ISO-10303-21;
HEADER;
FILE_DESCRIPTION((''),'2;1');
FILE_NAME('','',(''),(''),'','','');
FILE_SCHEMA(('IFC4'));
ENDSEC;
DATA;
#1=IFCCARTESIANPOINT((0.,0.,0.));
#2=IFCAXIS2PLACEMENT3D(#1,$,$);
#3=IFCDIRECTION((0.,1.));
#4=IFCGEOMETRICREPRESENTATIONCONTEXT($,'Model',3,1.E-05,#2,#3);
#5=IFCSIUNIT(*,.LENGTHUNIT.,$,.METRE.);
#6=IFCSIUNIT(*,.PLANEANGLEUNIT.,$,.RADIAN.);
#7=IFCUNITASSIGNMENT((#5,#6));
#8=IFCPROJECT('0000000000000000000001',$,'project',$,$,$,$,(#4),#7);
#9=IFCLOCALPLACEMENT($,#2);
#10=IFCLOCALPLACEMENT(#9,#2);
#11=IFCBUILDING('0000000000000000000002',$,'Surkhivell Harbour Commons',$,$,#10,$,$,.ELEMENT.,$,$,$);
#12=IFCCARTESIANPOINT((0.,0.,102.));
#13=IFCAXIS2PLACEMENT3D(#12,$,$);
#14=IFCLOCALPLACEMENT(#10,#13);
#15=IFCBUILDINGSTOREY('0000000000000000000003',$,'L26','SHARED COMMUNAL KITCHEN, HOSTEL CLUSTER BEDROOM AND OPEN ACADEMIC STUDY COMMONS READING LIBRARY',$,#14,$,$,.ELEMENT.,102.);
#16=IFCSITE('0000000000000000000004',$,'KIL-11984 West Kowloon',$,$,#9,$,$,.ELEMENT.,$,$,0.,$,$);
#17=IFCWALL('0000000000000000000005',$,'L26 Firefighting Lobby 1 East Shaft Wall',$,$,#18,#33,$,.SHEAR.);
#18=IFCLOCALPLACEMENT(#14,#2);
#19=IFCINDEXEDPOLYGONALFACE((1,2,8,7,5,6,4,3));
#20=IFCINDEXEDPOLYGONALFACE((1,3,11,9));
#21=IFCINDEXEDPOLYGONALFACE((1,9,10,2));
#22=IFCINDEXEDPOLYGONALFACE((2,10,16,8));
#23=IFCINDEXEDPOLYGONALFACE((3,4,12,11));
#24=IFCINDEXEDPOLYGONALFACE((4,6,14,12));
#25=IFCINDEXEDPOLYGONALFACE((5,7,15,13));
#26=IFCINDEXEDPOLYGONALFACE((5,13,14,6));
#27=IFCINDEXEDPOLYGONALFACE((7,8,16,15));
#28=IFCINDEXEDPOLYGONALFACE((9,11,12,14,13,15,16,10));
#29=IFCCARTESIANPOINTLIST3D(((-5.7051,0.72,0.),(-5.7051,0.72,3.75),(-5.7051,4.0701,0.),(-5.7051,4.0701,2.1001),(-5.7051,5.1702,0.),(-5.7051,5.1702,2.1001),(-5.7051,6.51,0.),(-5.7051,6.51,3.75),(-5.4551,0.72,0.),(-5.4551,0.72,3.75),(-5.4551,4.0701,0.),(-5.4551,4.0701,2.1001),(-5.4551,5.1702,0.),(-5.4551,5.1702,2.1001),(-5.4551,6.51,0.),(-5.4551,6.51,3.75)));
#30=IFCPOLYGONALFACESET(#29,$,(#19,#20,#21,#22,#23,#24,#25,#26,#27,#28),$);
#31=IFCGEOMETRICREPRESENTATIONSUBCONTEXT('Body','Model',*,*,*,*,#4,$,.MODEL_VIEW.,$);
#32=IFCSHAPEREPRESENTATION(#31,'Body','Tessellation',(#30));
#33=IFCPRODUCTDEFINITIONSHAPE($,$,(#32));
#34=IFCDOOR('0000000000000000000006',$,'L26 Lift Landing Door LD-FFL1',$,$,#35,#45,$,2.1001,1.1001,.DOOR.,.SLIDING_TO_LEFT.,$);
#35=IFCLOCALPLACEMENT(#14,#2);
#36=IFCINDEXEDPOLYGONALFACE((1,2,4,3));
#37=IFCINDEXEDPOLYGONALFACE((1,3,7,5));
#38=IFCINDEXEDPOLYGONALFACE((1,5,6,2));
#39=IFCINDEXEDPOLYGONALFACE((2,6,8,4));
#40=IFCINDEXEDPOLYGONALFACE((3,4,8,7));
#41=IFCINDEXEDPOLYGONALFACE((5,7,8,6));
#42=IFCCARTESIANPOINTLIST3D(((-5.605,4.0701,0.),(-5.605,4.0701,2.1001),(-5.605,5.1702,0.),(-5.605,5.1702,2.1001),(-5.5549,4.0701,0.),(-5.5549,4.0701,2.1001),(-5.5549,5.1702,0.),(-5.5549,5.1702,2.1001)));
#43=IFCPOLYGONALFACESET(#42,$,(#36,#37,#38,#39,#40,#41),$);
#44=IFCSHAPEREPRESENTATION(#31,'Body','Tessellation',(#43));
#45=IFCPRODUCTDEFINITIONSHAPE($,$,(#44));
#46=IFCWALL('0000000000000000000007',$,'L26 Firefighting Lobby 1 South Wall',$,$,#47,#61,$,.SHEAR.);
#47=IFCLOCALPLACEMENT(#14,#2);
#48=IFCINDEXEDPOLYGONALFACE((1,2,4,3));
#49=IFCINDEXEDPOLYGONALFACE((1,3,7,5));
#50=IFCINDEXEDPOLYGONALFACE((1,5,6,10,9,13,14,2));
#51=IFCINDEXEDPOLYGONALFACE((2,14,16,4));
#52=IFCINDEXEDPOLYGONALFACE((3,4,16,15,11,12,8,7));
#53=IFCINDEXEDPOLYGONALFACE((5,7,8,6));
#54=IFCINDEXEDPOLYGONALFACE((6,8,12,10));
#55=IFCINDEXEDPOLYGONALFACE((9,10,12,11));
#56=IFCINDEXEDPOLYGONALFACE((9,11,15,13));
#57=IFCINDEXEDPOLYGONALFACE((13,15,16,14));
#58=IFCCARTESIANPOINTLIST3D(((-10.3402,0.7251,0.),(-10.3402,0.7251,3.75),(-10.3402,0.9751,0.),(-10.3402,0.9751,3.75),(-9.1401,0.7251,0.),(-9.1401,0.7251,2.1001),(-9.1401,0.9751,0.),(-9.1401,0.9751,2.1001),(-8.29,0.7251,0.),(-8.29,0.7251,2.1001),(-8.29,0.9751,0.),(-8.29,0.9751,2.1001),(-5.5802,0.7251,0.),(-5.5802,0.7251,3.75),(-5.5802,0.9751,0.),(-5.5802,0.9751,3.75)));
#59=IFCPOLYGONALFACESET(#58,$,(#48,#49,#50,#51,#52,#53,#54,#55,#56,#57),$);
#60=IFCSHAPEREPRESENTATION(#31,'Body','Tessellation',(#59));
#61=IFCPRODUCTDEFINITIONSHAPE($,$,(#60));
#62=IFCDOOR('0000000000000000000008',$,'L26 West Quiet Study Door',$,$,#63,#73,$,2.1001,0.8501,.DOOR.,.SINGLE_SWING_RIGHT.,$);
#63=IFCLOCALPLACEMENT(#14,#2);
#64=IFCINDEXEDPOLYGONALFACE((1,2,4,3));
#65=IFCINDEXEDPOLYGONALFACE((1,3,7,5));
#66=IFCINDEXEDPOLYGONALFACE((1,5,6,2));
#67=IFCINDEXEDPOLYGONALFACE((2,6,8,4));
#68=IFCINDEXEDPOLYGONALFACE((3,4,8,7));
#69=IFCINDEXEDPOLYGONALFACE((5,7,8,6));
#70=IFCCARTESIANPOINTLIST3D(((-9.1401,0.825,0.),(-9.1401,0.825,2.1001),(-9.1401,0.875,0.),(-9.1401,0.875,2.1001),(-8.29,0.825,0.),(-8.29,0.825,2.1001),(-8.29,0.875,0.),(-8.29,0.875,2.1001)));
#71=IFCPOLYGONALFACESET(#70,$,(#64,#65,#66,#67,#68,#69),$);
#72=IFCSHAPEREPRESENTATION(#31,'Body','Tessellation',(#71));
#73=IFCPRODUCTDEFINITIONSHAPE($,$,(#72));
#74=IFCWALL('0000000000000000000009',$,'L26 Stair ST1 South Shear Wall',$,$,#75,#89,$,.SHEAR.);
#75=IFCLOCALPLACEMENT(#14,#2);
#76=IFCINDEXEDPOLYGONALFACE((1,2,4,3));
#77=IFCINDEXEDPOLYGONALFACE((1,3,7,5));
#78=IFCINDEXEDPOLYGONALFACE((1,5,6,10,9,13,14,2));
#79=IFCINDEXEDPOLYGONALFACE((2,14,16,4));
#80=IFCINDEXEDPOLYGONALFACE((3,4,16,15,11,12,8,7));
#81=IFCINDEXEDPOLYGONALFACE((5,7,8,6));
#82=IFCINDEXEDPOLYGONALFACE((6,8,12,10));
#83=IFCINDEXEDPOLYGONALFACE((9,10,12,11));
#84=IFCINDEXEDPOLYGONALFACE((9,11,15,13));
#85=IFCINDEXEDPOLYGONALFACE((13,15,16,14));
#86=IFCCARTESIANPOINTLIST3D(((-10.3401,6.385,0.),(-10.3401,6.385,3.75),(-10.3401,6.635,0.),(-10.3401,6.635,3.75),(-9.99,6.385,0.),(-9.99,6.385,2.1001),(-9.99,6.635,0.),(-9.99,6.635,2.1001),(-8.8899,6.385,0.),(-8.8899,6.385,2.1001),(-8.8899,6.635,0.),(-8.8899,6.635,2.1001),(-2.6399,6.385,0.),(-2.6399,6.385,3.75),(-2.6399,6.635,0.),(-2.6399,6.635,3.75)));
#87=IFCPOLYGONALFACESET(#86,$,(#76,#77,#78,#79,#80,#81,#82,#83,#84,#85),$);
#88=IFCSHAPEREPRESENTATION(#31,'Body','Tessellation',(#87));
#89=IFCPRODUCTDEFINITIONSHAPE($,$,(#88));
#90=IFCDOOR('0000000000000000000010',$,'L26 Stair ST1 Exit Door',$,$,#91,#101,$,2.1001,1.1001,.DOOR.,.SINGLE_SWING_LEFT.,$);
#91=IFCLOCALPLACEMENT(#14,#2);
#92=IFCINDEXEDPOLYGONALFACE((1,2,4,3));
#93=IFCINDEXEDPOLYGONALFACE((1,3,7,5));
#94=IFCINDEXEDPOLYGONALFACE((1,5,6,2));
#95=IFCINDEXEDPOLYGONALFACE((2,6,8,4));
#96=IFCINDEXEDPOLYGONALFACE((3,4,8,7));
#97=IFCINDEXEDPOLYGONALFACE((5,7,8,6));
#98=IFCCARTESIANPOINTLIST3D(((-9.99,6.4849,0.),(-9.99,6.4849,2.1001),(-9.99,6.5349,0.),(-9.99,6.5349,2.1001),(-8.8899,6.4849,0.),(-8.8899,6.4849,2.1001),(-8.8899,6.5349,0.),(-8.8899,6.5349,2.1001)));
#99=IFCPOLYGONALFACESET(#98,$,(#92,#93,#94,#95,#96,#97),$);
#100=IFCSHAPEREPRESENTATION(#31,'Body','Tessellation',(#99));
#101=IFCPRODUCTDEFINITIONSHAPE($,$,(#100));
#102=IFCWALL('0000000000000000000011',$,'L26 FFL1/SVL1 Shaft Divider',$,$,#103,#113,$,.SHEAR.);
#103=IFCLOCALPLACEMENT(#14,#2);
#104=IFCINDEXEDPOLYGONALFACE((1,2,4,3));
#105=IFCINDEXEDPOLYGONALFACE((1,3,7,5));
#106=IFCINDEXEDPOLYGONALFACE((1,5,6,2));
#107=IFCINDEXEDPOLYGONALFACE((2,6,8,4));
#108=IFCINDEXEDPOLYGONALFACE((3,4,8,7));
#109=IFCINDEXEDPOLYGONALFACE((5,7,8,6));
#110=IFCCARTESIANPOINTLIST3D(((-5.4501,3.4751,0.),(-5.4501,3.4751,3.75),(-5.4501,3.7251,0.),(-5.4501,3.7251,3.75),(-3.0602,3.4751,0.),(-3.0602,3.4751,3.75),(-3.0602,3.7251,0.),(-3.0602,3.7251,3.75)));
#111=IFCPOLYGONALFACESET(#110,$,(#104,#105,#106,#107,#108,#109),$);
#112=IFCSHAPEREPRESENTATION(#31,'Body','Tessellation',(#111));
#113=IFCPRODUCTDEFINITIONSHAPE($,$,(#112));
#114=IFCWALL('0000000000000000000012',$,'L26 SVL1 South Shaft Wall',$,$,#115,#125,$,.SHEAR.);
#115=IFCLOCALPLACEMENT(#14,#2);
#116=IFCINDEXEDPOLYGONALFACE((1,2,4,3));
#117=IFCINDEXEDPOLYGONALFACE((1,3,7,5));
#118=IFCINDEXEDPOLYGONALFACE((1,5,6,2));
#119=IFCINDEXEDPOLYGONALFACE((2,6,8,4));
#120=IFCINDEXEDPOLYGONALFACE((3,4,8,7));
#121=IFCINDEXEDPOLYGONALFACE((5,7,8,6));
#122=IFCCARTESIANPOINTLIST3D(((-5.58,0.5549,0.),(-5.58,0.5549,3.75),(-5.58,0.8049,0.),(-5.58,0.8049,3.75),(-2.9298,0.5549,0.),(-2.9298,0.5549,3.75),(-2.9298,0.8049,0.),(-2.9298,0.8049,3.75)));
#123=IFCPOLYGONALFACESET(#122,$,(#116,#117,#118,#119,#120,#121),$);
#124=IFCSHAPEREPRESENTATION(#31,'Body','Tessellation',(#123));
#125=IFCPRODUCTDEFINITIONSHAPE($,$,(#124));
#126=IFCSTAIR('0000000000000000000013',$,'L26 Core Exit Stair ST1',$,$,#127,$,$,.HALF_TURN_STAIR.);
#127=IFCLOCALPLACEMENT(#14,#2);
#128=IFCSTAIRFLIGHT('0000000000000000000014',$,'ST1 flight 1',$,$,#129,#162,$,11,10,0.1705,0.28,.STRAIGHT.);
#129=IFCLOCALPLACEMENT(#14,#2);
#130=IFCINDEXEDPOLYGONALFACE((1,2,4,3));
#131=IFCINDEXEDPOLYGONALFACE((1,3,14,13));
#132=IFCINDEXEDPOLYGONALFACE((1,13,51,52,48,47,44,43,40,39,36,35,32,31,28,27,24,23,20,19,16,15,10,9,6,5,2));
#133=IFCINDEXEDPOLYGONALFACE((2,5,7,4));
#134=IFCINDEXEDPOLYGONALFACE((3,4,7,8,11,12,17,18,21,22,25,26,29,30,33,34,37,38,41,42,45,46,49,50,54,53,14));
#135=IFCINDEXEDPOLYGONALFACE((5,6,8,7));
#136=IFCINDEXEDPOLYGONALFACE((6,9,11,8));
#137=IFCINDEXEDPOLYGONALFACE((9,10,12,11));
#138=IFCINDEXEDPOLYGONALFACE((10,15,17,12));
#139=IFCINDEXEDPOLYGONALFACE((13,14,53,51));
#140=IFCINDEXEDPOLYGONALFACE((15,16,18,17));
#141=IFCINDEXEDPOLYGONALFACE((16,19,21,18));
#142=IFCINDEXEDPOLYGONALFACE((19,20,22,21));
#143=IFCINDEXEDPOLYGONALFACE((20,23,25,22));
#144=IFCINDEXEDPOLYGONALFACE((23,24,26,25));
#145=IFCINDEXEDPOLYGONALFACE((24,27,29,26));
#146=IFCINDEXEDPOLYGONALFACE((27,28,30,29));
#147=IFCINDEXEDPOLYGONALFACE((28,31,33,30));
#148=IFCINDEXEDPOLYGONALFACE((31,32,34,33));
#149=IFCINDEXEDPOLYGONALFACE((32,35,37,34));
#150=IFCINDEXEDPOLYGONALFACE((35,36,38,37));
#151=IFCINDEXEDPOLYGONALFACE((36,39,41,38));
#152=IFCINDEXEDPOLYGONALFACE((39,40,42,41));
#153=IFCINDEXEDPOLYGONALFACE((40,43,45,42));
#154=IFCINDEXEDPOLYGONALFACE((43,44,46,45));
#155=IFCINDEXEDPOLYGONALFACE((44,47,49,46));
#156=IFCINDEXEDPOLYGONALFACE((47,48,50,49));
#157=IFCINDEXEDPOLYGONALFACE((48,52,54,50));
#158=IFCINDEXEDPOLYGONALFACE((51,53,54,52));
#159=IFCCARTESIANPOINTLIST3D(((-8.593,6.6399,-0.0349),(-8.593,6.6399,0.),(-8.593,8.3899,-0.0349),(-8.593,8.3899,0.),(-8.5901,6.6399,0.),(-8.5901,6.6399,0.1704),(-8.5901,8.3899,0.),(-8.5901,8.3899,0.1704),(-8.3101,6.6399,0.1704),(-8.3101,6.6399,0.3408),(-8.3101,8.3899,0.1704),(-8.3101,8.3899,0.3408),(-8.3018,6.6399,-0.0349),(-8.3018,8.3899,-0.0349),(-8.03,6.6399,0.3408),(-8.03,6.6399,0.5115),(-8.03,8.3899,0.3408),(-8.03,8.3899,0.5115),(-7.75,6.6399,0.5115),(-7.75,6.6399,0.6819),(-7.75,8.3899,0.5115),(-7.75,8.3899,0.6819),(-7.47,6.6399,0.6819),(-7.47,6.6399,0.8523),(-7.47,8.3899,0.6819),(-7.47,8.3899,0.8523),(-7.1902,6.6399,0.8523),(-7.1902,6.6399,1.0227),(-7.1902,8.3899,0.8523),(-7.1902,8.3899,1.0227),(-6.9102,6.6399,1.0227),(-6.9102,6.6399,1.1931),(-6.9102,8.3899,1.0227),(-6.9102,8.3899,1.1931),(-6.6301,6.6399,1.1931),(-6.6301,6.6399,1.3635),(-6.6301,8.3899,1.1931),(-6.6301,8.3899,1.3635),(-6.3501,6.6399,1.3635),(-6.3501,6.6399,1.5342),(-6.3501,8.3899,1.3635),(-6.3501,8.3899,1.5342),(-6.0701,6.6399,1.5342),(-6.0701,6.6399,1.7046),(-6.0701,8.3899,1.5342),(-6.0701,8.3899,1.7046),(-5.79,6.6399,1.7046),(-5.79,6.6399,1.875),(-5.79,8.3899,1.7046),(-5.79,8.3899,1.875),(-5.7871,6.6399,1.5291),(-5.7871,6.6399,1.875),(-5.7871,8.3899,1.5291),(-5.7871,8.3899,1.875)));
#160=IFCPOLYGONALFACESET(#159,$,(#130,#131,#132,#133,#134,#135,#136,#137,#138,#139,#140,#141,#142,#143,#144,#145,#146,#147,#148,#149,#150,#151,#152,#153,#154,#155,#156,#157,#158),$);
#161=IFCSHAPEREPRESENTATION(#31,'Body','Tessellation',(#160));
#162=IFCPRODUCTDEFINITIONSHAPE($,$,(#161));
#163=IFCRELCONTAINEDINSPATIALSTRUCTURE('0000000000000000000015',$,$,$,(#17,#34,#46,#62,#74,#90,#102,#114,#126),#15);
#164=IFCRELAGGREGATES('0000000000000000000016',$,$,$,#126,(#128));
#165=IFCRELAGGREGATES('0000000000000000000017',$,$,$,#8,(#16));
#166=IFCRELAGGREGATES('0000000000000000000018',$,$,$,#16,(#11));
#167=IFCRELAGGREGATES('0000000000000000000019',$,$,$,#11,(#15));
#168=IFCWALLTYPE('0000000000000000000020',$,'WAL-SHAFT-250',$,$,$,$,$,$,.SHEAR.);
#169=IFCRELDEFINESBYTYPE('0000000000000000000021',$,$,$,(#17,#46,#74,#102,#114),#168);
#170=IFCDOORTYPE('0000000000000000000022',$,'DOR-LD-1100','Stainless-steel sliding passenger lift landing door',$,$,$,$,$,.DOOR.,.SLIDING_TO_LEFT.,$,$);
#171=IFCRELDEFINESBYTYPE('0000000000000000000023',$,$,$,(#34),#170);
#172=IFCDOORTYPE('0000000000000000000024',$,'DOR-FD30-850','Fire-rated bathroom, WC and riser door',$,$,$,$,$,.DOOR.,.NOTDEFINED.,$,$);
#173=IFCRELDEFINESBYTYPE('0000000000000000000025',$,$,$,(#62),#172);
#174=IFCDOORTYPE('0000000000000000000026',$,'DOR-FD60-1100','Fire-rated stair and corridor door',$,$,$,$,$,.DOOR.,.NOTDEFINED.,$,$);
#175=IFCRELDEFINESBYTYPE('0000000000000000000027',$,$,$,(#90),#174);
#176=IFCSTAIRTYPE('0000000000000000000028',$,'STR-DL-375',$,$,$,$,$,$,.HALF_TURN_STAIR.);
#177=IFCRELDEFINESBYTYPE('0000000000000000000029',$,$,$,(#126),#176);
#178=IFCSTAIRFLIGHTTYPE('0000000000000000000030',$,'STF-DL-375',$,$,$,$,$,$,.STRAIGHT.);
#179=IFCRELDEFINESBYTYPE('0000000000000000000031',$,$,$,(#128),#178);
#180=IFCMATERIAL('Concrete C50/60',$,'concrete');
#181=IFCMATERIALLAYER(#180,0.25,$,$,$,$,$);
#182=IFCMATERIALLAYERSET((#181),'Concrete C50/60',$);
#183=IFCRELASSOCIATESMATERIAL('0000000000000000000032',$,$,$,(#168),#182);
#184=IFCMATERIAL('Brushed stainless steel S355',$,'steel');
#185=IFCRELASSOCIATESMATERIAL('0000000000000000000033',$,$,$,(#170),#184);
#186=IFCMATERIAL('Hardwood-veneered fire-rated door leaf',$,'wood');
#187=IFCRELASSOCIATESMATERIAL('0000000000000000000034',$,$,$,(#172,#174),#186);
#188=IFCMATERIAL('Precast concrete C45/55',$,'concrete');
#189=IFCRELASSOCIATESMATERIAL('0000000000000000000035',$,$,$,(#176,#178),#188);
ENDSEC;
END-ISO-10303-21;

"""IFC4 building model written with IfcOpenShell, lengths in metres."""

from ifc_helpers import new_model, si_unit, direction, frame, frame_2d, origin, place, context, subcontext, project, spatial, polyline, rectangle, outline, extrude, material, layer, layer_set, type_object, element, fill, aggregate, save


model = new_model("IFC4")

# Units and contexts
model_context = context("Model", 3, precision=1e-05, world=origin(), true_north=direction((0.0, 1.0)))
body_context = subcontext(model_context, "Body", "Model", "MODEL_VIEW")
ifc_project = project(units=[si_unit("LENGTHUNIT", "METRE"), si_unit("PLANEANGLEUNIT", "RADIAN")], contexts=[model_context])

# Site, building, storey
site_placement = place(None, origin())
site = spatial("IfcSite", under=ifc_project, at=site_placement, Name="KIL-11984 West Kowloon", CompositionType="ELEMENT", RefElevation=0.0)
building_placement = place(site_placement, origin())
building = spatial("IfcBuilding", under=site, at=building_placement, Name="Surkhivell Harbour Commons", CompositionType="ELEMENT")
storey_placement = place(building_placement, frame((0.0, 0.0, 102.0)))
storey = spatial("IfcBuildingStorey", under=building, at=storey_placement, Name="L26", Description="SHARED COMMUNAL KITCHEN, HOSTEL CLUSTER BEDROOM AND OPEN ACADEMIC STUDY COMMONS READING LIBRARY", CompositionType="ELEMENT", Elevation=102.0)

# Shared definitions
ifc_material_1 = material(Name="Hardwood-veneered fire-rated door leaf", Category="wood")

# Walls, openings, doors
ifc_material_2 = material(Name="Concrete C50/60", Category="concrete")
ifc_layer_1 = layer(ifc_material_2, 0.25)
ifc_layer_set_1 = layer_set([ifc_layer_1], Name="Concrete C50/60")
wall_type_1 = type_object("IfcWallType", Name="WAL-SHAFT-250", PredefinedType="SHEAR", material=ifc_layer_set_1)
wall_1_placement = place(storey_placement, frame((-5.5801, 0.72, 0.0), z_axis=(0.0, 0.0, 1.0), x_axis=(0.0, 1.0, 0.0)))
wall_1 = element("IfcWall", 1, at=wall_1_placement, inside=storey, type_object=wall_type_1, Name="L26 Firefighting Lobby 1 East Shaft Wall", PredefinedType="SHEAR", context=body_context, shape_type="SweptSolid", body=[
    extrude(rectangle(XDim=5.79, YDim=0.25, at=frame_2d((2.895, 0.0))), origin(), (0.0, 0.0, 1.0), 3.75),
])
opening_1_placement = place(wall_1_placement, frame((3.3501, 0.0, 0.0)))
opening_1 = element("IfcOpeningElement", 2, at=opening_1_placement, cuts=wall_1, PredefinedType="OPENING", context=body_context, shape_type="SweptSolid", body=[
    extrude(rectangle(XDim=1.1001, YDim=2.1001, at=frame_2d((0.55, 1.05))), frame((0.0, 0.135, 0.0), z_axis=(0.0, -1.0, 0.0), x_axis=(1.0, 0.0, 0.0)), (0.0, 0.0, 1.0), 0.27),
])
ifc_material_3 = material(Name="Brushed stainless steel S355", Category="steel")
door_type_1 = type_object("IfcDoorType", Name="DOR-LD-1100", Description="Stainless-steel sliding passenger lift landing door", OperationType="SLIDING_TO_LEFT", PredefinedType="DOOR", material=ifc_material_3)
door_1_placement = place(opening_1_placement, origin())
door_1 = element("IfcDoor", 3, at=door_1_placement, inside=storey, type_object=door_type_1, Name="L26 Lift Landing Door LD-FFL1", OperationType="SLIDING_TO_LEFT", OverallHeight=2.1001, OverallWidth=1.1001, PredefinedType="DOOR", context=body_context, shape_type="SweptSolid", body=[
    extrude(rectangle(XDim=1.1001, YDim=2.1001, at=frame_2d((0.55, 1.05))), frame((0.0, 0.0249, 0.0), z_axis=(0.0, -1.0, 0.0), x_axis=(1.0, 0.0, 0.0)), (0.0, 0.0, 1.0), 0.05),
])
fill(opening_1, door_1)
wall_2_placement = place(storey_placement, frame((-10.3401, 0.8501, 0.0), z_axis=(0.0, 0.0, 1.0), x_axis=(1.0, 0.0, 0.0)))
wall_2 = element("IfcWall", 4, at=wall_2_placement, inside=storey, type_object=wall_type_1, Name="L26 Firefighting Lobby 1 South Wall", PredefinedType="SHEAR", context=body_context, shape_type="SweptSolid", body=[
    extrude(rectangle(XDim=4.76, YDim=0.25, at=frame_2d((2.3799, 0.0))), origin(), (0.0, 0.0, 1.0), 3.75),
])
opening_2_placement = place(wall_2_placement, frame((1.2, 0.0, 0.0)))
opening_2 = element("IfcOpeningElement", 5, at=opening_2_placement, cuts=wall_2, PredefinedType="OPENING", context=body_context, shape_type="SweptSolid", body=[
    extrude(rectangle(XDim=0.8501, YDim=2.1001, at=frame_2d((0.425, 1.05))), frame((0.0, 0.135, 0.0), z_axis=(0.0, -1.0, 0.0), x_axis=(1.0, 0.0, 0.0)), (0.0, 0.0, 1.0), 0.27),
])
door_type_2 = type_object("IfcDoorType", Name="DOR-FD30-850", Description="Fire-rated bathroom, WC and riser door", OperationType="NOTDEFINED", PredefinedType="DOOR", material=ifc_material_1)
door_2_placement = place(opening_2_placement, origin())
door_2 = element("IfcDoor", 6, at=door_2_placement, inside=storey, type_object=door_type_2, Name="L26 West Quiet Study Door", OperationType="SINGLE_SWING_RIGHT", OverallHeight=2.1001, OverallWidth=0.8501, PredefinedType="DOOR", context=body_context, shape_type="SweptSolid", body=[
    extrude(rectangle(XDim=0.8501, YDim=2.1001, at=frame_2d((0.425, 1.05))), frame((0.0, 0.0249, 0.0), z_axis=(0.0, -1.0, 0.0), x_axis=(1.0, 0.0, 0.0)), (0.0, 0.0, 1.0), 0.05),
])
fill(opening_2, door_2)
wall_3_placement = place(storey_placement, frame((-10.3401, 6.51, 0.0), z_axis=(0.0, 0.0, 1.0), x_axis=(1.0, 0.0, 0.0)))
wall_3 = element("IfcWall", 7, at=wall_3_placement, inside=storey, type_object=wall_type_1, Name="L26 Stair ST1 South Shear Wall", PredefinedType="SHEAR", context=body_context, shape_type="SweptSolid", body=[
    extrude(rectangle(XDim=7.7002, YDim=0.25, at=frame_2d((3.8501, 0.0))), origin(), (0.0, 0.0, 1.0), 3.75),
])
opening_3_placement = place(wall_3_placement, frame((0.3501, 0.0, 0.0)))
opening_3 = element("IfcOpeningElement", 8, at=opening_3_placement, cuts=wall_3, PredefinedType="OPENING", context=body_context, shape_type="SweptSolid", body=[
    extrude(rectangle(XDim=1.1001, YDim=2.1001, at=frame_2d((0.55, 1.05))), frame((0.0, 0.135, 0.0), z_axis=(0.0, -1.0, 0.0), x_axis=(1.0, 0.0, 0.0)), (0.0, 0.0, 1.0), 0.27),
])
door_type_3 = type_object("IfcDoorType", Name="DOR-FD60-1100", Description="Fire-rated stair and corridor door", OperationType="NOTDEFINED", PredefinedType="DOOR", material=ifc_material_1)
door_3_placement = place(opening_3_placement, origin())
door_3 = element("IfcDoor", 9, at=door_3_placement, inside=storey, type_object=door_type_3, Name="L26 Stair ST1 Exit Door", OperationType="SINGLE_SWING_LEFT", OverallHeight=2.1001, OverallWidth=1.1001, PredefinedType="DOOR", context=body_context, shape_type="SweptSolid", body=[
    extrude(rectangle(XDim=1.1001, YDim=2.1001, at=frame_2d((0.55, 1.05))), frame((0.0, 0.0249, 0.0), z_axis=(0.0, -1.0, 0.0), x_axis=(1.0, 0.0, 0.0)), (0.0, 0.0, 1.0), 0.05),
])
fill(opening_3, door_3)

# Walls
wall_4_placement = place(storey_placement, frame((-5.45, 3.6001, 0.0), z_axis=(0.0, 0.0, 1.0), x_axis=(1.0, 0.0, 0.0)))
element("IfcWall", 10, at=wall_4_placement, inside=storey, type_object=wall_type_1, Name="L26 FFL1/SVL1 Shaft Divider", PredefinedType="SHEAR", context=body_context, shape_type="SweptSolid", body=[
    extrude(rectangle(XDim=2.3899, YDim=0.25, at=frame_2d((1.1948, 0.0))), origin(), (0.0, 0.0, 1.0), 3.75),
])
wall_5_placement = place(storey_placement, frame((-5.5801, 0.6799, 0.0), z_axis=(0.0, 0.0, 1.0), x_axis=(1.0, 0.0, 0.0)))
element("IfcWall", 11, at=wall_5_placement, inside=storey, type_object=wall_type_1, Name="L26 SVL1 South Shaft Wall", PredefinedType="SHEAR", context=body_context, shape_type="SweptSolid", body=[
    extrude(rectangle(XDim=2.6501, YDim=0.25, at=frame_2d((1.3252, 0.0))), origin(), (0.0, 0.0, 1.0), 3.75),
])

# Stair, stair flight
ifc_material_4 = material(Name="Precast concrete C45/55", Category="concrete")
stair_type = type_object("IfcStairType", Name="STR-DL-375", PredefinedType="HALF_TURN_STAIR", material=ifc_material_4)
stair_placement = place(storey_placement, origin())
stair = element("IfcStair", 12, at=stair_placement, inside=storey, type_object=stair_type, Name="L26 Core Exit Stair ST1", PredefinedType="HALF_TURN_STAIR")
stair_flight_type = type_object("IfcStairFlightType", Name="STF-DL-375", PredefinedType="STRAIGHT", material=ifc_material_4)
stair_flight_1_placement = place(storey_placement, frame((-8.5901, 7.5149, 0.0), z_axis=(0.0, 0.0, 1.0), x_axis=(1.0, 0.0, 0.0)))
stair_flight_1 = element("IfcStairFlight", 13, at=stair_flight_1_placement, type_object=stair_flight_type, Name="ST1 flight 1", NumberOfRisers=11, NumberOfTreads=10, PredefinedType="STRAIGHT", RiserHeight=0.1705, TreadLength=0.28, context=body_context, shape_type="SweptSolid", body=[
    extrude(outline(polyline([(-0.0029, -0.0349), (-0.0029, 0.0), (0.0, 0.0), (0.0, 0.1704), (0.28, 0.1704), (0.28, 0.3408), (0.5601, 0.3408), (0.5601, 0.5115), (0.8401, 0.5115), (0.8401, 0.6819), (1.1201, 0.6819), (1.1201, 0.8523), (1.3999, 0.8523), (1.3999, 1.0227), (1.6799, 1.0227), (1.6799, 1.1931), (1.96, 1.1931), (1.96, 1.3635), (2.24, 1.3635), (2.24, 1.5342), (2.52, 1.5342), (2.52, 1.7046), (2.8, 1.7046), (2.8, 1.875), (2.803, 1.875), (2.803, 1.5291), (0.2883, -0.0349), (-0.0029, -0.0349)])), frame((0.0, 0.875, 0.0), z_axis=(0.0, -1.0, 0.0), x_axis=(1.0, 0.0, 0.0)), (0.0, 0.0, 1.0), 1.75),
])
aggregate(stair, [stair_flight_1])

save(model, "model.ifc")
